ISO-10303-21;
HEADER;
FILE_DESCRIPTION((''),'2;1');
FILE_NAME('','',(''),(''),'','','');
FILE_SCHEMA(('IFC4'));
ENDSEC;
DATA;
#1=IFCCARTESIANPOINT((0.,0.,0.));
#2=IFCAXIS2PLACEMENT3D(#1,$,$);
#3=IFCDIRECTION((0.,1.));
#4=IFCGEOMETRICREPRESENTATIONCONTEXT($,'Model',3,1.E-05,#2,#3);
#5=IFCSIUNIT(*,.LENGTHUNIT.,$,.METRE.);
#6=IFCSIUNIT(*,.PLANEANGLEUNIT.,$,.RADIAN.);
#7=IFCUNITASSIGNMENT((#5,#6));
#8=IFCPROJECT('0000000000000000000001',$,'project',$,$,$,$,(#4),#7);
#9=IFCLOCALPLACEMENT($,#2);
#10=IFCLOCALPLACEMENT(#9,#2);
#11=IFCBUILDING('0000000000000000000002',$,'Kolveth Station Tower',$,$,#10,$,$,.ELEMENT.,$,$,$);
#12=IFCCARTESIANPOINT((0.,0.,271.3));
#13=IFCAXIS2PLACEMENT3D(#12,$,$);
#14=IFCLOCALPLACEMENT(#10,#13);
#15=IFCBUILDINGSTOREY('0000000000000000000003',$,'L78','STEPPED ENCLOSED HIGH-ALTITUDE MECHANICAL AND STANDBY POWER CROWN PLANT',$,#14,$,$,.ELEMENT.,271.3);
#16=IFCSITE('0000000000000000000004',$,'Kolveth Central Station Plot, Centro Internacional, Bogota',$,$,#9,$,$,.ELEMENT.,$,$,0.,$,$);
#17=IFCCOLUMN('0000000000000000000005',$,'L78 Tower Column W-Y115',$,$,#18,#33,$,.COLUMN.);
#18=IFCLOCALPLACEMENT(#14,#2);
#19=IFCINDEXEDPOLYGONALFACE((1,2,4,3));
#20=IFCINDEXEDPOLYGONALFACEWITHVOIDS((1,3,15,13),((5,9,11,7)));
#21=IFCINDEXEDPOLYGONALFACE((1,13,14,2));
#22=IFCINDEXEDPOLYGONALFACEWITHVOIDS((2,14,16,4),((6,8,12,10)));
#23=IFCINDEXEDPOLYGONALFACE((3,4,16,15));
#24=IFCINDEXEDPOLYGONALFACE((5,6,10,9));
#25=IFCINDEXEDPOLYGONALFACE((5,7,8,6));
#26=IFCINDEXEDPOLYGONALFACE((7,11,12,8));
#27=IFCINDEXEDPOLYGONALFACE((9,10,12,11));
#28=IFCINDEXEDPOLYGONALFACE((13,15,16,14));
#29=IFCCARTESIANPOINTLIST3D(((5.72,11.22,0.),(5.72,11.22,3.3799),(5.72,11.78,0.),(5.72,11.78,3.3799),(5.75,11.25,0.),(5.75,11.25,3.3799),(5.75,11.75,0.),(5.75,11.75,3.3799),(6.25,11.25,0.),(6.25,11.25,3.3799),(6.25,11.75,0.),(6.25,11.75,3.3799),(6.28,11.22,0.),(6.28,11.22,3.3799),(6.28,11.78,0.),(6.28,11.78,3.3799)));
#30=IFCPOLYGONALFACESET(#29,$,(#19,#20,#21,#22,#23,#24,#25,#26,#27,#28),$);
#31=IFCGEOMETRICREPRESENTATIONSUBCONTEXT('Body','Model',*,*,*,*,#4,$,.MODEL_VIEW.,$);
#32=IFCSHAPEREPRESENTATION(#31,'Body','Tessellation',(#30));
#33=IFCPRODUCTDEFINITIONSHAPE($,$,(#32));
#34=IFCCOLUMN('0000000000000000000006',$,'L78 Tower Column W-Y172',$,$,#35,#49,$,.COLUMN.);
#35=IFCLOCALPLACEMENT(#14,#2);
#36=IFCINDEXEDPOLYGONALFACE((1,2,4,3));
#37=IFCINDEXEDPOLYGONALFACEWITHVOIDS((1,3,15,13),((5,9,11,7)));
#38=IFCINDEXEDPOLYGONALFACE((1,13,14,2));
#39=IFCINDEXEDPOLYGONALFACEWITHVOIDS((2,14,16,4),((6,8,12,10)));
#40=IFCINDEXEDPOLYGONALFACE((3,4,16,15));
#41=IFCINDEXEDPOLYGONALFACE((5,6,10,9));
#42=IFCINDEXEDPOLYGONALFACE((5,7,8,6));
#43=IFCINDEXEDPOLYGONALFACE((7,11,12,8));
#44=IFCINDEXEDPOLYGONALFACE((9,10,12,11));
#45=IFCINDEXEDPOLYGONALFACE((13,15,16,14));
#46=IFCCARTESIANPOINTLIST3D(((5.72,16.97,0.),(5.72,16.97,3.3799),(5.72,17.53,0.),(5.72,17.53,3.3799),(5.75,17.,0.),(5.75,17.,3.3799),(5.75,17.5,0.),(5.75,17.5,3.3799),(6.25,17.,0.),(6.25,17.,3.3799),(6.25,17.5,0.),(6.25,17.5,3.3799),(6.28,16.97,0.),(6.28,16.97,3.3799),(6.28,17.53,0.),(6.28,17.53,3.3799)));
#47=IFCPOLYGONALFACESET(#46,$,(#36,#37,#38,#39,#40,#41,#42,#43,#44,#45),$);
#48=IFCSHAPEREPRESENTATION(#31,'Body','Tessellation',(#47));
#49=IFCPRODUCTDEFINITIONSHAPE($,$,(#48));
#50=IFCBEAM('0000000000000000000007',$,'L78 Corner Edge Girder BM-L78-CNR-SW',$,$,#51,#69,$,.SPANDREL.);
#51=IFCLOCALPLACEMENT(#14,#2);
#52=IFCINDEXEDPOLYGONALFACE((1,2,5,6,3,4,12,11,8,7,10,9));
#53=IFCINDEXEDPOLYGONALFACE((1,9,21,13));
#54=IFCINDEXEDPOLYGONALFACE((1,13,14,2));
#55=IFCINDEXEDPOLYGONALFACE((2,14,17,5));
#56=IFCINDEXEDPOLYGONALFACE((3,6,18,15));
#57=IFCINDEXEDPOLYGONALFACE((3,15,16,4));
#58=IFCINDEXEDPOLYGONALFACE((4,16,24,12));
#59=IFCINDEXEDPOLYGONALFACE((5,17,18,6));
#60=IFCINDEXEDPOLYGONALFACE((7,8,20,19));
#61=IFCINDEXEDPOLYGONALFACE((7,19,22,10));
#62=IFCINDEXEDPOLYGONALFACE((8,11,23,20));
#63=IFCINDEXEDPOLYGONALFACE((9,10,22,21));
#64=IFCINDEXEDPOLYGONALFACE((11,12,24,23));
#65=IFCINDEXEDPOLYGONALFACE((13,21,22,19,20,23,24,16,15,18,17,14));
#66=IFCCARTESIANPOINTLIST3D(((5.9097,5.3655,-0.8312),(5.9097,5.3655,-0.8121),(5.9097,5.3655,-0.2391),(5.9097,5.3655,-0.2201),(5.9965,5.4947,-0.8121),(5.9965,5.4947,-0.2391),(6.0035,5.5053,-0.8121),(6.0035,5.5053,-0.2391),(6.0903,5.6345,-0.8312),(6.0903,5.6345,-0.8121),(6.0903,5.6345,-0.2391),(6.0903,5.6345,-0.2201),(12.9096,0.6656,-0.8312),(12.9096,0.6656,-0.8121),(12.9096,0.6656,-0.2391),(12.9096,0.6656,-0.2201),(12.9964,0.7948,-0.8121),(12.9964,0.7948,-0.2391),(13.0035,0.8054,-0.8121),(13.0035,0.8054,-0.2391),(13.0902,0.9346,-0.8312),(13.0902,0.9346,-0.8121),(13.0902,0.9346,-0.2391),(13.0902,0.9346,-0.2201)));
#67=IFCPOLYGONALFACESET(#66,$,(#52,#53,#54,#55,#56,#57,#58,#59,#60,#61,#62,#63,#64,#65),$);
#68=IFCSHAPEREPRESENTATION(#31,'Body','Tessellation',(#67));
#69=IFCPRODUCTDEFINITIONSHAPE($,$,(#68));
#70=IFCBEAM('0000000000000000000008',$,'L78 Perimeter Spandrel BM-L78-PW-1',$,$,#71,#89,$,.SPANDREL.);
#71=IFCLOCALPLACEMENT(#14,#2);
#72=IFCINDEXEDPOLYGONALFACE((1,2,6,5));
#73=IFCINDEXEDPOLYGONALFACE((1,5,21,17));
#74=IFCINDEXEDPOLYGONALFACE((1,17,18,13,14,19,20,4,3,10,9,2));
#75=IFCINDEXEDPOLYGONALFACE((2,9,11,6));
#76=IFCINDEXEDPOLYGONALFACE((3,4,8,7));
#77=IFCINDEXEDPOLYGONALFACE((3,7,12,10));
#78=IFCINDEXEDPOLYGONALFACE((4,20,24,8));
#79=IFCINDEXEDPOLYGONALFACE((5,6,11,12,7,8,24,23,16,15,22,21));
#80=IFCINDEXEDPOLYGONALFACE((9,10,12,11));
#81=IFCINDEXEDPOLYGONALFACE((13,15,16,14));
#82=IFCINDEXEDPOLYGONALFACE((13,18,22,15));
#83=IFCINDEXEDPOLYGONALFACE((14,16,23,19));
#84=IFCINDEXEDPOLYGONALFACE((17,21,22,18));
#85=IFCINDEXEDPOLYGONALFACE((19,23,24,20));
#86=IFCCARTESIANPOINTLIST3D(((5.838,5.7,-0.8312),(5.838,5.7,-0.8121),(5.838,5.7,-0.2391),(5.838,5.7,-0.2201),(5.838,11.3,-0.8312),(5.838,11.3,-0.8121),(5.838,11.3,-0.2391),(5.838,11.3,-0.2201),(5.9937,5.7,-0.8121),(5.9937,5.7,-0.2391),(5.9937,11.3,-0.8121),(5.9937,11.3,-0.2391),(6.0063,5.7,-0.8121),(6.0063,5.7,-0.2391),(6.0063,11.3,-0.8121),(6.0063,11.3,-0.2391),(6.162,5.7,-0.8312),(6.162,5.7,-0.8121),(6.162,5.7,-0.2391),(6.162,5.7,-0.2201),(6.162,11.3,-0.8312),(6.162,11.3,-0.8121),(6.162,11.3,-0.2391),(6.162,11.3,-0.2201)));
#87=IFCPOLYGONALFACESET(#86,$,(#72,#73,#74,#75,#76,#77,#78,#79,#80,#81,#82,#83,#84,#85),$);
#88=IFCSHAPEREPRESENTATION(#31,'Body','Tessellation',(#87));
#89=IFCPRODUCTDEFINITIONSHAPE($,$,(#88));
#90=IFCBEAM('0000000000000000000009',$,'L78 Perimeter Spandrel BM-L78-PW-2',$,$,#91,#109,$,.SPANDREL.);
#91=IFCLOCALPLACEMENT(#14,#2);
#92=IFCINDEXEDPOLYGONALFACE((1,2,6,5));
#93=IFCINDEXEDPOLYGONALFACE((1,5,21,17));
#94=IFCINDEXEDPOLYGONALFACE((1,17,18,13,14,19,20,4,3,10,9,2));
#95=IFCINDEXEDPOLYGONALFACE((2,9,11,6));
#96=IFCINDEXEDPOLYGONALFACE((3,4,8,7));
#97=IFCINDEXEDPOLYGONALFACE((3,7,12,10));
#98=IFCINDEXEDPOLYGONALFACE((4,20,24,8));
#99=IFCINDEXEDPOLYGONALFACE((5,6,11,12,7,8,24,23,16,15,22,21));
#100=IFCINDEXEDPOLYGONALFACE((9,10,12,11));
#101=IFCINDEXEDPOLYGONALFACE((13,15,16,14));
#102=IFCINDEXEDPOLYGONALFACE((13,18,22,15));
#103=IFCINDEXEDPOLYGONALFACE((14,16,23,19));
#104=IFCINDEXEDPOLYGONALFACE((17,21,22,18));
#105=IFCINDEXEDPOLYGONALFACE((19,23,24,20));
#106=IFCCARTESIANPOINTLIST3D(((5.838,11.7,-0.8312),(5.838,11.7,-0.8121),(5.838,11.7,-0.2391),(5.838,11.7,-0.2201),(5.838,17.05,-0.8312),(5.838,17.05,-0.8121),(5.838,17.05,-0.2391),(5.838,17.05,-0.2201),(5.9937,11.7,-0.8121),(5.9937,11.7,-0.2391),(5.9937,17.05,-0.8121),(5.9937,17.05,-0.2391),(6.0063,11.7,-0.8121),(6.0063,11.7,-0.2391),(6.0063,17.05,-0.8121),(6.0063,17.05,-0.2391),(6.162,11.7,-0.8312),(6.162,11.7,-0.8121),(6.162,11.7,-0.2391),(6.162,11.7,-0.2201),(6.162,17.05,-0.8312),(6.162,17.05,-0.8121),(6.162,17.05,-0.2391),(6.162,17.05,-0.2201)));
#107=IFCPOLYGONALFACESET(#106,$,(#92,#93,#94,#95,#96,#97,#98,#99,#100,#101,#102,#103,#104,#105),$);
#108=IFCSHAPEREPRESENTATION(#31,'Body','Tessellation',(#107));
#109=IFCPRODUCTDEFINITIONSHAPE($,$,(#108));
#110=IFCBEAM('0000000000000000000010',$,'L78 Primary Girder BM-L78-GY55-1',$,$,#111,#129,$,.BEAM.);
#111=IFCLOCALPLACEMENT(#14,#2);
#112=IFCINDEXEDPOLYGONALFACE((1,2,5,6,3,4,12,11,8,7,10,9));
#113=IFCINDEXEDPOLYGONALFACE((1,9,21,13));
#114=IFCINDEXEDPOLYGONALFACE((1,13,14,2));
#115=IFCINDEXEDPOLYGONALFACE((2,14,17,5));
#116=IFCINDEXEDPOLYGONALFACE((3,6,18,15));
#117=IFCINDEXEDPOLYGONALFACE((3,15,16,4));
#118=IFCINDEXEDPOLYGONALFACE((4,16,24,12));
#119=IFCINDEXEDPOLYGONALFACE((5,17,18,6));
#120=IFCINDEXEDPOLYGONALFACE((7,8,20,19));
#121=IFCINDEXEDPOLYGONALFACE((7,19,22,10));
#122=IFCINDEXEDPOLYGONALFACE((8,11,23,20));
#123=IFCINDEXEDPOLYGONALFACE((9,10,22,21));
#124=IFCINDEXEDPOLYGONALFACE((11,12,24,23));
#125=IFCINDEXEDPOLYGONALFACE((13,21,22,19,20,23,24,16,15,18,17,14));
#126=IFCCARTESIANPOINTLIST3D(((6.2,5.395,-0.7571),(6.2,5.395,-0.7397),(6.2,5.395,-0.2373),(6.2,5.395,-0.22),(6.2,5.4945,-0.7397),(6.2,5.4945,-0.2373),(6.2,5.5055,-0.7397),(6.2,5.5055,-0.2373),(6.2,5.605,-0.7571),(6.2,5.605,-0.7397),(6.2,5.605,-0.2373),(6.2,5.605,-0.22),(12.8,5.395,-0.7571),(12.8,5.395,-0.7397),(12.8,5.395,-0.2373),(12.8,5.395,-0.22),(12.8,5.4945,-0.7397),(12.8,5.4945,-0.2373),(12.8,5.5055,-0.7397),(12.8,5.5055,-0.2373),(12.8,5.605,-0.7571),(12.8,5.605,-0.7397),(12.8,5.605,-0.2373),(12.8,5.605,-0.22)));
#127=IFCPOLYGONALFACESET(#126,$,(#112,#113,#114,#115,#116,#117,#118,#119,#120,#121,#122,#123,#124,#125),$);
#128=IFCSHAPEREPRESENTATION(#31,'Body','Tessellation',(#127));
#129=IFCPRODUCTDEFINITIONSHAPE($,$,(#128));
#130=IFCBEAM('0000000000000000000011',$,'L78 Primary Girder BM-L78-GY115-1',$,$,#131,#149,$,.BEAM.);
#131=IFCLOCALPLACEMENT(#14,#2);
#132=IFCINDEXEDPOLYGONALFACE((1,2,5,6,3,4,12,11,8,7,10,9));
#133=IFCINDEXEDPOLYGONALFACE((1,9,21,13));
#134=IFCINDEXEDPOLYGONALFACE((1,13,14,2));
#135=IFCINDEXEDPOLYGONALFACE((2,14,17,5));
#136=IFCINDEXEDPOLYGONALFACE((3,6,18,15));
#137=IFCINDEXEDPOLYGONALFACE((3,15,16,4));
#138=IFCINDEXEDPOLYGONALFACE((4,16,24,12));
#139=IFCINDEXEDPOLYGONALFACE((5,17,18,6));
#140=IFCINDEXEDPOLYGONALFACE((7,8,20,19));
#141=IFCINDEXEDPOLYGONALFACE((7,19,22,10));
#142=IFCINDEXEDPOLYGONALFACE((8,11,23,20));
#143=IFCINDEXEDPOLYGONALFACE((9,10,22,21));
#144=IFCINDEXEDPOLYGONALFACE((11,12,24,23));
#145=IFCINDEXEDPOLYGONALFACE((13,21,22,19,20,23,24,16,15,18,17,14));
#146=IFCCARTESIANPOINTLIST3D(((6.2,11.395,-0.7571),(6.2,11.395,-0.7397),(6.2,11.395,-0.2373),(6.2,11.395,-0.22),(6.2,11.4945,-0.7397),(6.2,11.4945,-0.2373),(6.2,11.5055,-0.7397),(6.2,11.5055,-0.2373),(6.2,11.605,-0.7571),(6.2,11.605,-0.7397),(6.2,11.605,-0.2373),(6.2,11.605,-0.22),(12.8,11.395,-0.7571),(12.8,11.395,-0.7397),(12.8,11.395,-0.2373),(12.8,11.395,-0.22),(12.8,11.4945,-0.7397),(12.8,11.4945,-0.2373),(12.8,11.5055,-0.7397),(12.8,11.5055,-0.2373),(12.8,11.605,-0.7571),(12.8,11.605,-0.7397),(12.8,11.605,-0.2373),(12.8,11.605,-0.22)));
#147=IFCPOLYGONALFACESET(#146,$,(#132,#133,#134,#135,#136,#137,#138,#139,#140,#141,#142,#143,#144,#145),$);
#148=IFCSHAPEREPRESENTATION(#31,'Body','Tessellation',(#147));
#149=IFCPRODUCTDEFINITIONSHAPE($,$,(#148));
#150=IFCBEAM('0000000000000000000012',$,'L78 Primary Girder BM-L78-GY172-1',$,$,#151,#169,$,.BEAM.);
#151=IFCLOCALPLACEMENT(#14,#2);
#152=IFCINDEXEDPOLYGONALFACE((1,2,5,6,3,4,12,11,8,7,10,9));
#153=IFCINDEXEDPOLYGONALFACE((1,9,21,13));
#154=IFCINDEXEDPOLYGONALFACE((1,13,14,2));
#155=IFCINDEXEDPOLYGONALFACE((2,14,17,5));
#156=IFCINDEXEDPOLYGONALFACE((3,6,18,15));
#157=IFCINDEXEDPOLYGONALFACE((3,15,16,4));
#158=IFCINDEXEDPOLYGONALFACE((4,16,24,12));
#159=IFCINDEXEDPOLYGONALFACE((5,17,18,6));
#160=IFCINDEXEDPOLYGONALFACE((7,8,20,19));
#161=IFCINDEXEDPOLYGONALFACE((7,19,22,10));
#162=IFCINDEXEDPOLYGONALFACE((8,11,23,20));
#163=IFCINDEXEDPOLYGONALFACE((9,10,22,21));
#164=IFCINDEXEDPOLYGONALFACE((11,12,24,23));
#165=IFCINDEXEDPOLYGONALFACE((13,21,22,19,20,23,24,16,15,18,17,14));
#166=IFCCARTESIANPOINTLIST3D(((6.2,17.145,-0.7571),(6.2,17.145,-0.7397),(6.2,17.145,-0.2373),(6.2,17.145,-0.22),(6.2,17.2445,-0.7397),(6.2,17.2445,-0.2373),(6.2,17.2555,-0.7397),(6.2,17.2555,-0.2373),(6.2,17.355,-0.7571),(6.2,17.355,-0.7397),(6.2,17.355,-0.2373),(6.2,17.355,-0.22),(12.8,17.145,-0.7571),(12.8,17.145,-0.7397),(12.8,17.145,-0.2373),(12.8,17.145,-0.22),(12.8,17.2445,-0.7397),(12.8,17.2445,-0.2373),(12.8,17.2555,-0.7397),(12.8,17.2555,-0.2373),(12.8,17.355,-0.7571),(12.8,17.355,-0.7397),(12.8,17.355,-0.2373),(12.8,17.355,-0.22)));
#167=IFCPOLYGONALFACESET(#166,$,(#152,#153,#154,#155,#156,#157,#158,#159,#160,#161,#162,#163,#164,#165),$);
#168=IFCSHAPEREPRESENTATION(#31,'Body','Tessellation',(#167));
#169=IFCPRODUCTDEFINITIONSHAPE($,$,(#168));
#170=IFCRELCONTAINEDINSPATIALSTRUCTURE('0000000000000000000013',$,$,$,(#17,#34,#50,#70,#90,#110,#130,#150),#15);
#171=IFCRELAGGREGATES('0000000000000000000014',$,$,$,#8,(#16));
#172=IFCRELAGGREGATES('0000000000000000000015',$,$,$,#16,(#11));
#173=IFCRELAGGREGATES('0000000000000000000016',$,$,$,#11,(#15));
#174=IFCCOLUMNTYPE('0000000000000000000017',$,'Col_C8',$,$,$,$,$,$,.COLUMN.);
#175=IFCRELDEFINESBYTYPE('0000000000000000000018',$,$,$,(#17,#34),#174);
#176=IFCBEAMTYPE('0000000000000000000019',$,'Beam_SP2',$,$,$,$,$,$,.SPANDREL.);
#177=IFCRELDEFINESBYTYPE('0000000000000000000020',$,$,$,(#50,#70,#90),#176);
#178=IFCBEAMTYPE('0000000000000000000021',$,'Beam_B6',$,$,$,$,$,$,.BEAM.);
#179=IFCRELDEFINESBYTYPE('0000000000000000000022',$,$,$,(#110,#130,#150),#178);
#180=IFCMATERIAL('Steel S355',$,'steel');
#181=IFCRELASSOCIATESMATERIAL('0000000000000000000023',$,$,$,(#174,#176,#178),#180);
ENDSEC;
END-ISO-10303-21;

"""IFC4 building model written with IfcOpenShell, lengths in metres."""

from ifc_helpers import new_model, si_unit, direction, frame, origin, origin_2d, place, context, subcontext, project, spatial, hollow_rectangle, i_section, extrude, source, transform, mapped, material, material_profile, profile_set, type_object, element, save


model = new_model("IFC4")

# Units and contexts
model_context = context("Model", 3, precision=1e-05, world=origin(), true_north=direction((0.0, 1.0)))
body_context = subcontext(model_context, "Body", "Model", "MODEL_VIEW")
ifc_project = project(units=[si_unit("LENGTHUNIT", "METRE"), si_unit("PLANEANGLEUNIT", "RADIAN")], contexts=[model_context])

# Site, building, storey
site_placement = place(None, origin())
site = spatial("IfcSite", under=ifc_project, at=site_placement, Name="Kolveth Central Station Plot, Centro Internacional, Bogota", CompositionType="ELEMENT", RefElevation=0.0)
building_placement = place(site_placement, origin())
building = spatial("IfcBuilding", under=site, at=building_placement, Name="Kolveth Station Tower", CompositionType="ELEMENT")
storey_placement = place(building_placement, frame((0.0, 0.0, 271.3)))
storey = spatial("IfcBuildingStorey", under=building, at=storey_placement, Name="L78", Description="STEPPED ENCLOSED HIGH-ALTITUDE MECHANICAL AND STANDBY POWER CROWN PLANT", CompositionType="ELEMENT", Elevation=271.3)

# Columns
ifc_material_1 = material(Name="Steel S355", Category="steel")
ifc_material_profile_1 = material_profile(ifc_material_1, hollow_rectangle(XDim=0.5601, YDim=0.5601, WallThickness=0.03, at=origin_2d()), Name="BOX560x560x30")
ifc_profile_set_1 = profile_set([ifc_material_profile_1], Name="Steel S355")
column_type = type_object("IfcColumnType", Name="Col_C8", PredefinedType="COLUMN", material=ifc_profile_set_1)
shared_shape_1 = source(origin(), body_context, "Body", "SweptSolid", [
    extrude(hollow_rectangle(XDim=0.5601, YDim=0.5601, WallThickness=0.03, at=origin_2d()), origin(), (0.0, 0.0, 1.0), 3.3799),
])
for number, where, z_axis, x_axis, name in (
    (1, (6.0, 11.5, 0.0), (0.0, 0.0, 1.0), (1.0, 0.0, 0.0), "L78 Tower Column W-Y115"),
    (2, (6.0, 17.25, 0.0), (0.0, 0.0, 1.0), (1.0, 0.0, 0.0), "L78 Tower Column W-Y172"),
):
    element("IfcColumn", number, at=place(storey_placement, frame(where, z_axis=z_axis, x_axis=x_axis)), inside=storey, type_object=column_type, Name=name, PredefinedType="COLUMN", context=body_context, shape_type="MappedRepresentation", body=[
        mapped(shared_shape_1, transform((0.0, 0.0, 0.0), x_axis=(1.0, 0.0, 0.0), y_axis=(0.0, 1.0, 0.0), z_axis=(0.0, 0.0, 1.0), scale=1.0)),
    ])

# Beams
ifc_material_profile_2 = material_profile(ifc_material_1, i_section(OverallWidth=0.324, OverallDepth=0.6111, WebThickness=0.0127, FlangeThickness=0.019, at=origin_2d()), Name="W610x155")
ifc_profile_set_2 = profile_set([ifc_material_profile_2], Name="Steel S355")
beam_type_1 = type_object("IfcBeamType", Name="Beam_SP2", PredefinedType="SPANDREL", material=ifc_profile_set_2)
shared_shape_2 = source(origin(), body_context, "Body", "SweptSolid", [
    extrude(i_section(OverallWidth=0.324, OverallDepth=0.6111, WebThickness=0.0127, FlangeThickness=0.019, at=origin_2d()), origin(), (0.0, 0.0, 1.0), 8.4314),
])
beam_1_placement = place(storey_placement, frame((6.0, 5.5, -0.5256), z_axis=(0.830224, -0.55743, 0.0), x_axis=(0.55743, 0.830224, 0.0)))
element("IfcBeam", 3, at=beam_1_placement, inside=storey, type_object=beam_type_1, Name="L78 Corner Edge Girder BM-L78-CNR-SW", PredefinedType="SPANDREL", context=body_context, shape_type="MappedRepresentation", body=[
    mapped(shared_shape_2, transform((0.0, 0.0, 0.0), x_axis=(1.0, 0.0, 0.0), y_axis=(0.0, 1.0, 0.0), z_axis=(0.0, 0.0, 1.0), scale=1.0)),
])
shared_shape_3 = source(origin(), body_context, "Body", "SweptSolid", [
    extrude(i_section(OverallWidth=0.324, OverallDepth=0.6111, WebThickness=0.0127, FlangeThickness=0.019, at=origin_2d()), origin(), (0.0, 0.0, 1.0), 5.6001),
])
beam_2_placement = place(storey_placement, frame((6.0, 5.7, -0.5256), z_axis=(0.0, 1.0, 0.0), x_axis=(-1.0, 0.0, 0.0)))
element("IfcBeam", 4, at=beam_2_placement, inside=storey, type_object=beam_type_1, Name="L78 Perimeter Spandrel BM-L78-PW-1", PredefinedType="SPANDREL", context=body_context, shape_type="MappedRepresentation", body=[
    mapped(shared_shape_3, transform((0.0, 0.0, 0.0), x_axis=(1.0, 0.0, 0.0), y_axis=(0.0, 1.0, 0.0), z_axis=(0.0, 0.0, 1.0), scale=1.0)),
])
shared_shape_4 = source(origin(), body_context, "Body", "SweptSolid", [
    extrude(i_section(OverallWidth=0.324, OverallDepth=0.6111, WebThickness=0.0127, FlangeThickness=0.019, at=origin_2d()), origin(), (0.0, 0.0, 1.0), 5.3501),
])
beam_3_placement = place(storey_placement, frame((6.0, 11.7, -0.5256), z_axis=(0.0, 1.0, 0.0), x_axis=(-1.0, 0.0, 0.0)))
element("IfcBeam", 5, at=beam_3_placement, inside=storey, type_object=beam_type_1, Name="L78 Perimeter Spandrel BM-L78-PW-2", PredefinedType="SPANDREL", context=body_context, shape_type="MappedRepresentation", body=[
    mapped(shared_shape_4, transform((0.0, 0.0, 0.0), x_axis=(1.0, 0.0, 0.0), y_axis=(0.0, 1.0, 0.0), z_axis=(0.0, 0.0, 1.0), scale=1.0)),
])
ifc_material_profile_3 = material_profile(ifc_material_1, i_section(OverallWidth=0.21, OverallDepth=0.5371, WebThickness=0.011, FlangeThickness=0.0173, at=origin_2d()), Name="W530x101")
ifc_profile_set_3 = profile_set([ifc_material_profile_3], Name="Steel S355")
beam_type_2 = type_object("IfcBeamType", Name="Beam_B6", PredefinedType="BEAM", material=ifc_profile_set_3)
shared_shape_5 = source(origin(), body_context, "Body", "SweptSolid", [
    extrude(i_section(OverallWidth=0.21, OverallDepth=0.5371, WebThickness=0.011, FlangeThickness=0.0173, at=origin_2d()), origin(), (0.0, 0.0, 1.0), 6.6001),
])
for number, where, z_axis, x_axis, name in (
    (6, (6.2, 5.5, -0.4885), (1.0, 0.0, 0.0), (0.0, 1.0, 0.0), "L78 Primary Girder BM-L78-GY55-1"),
    (7, (6.2, 11.5, -0.4885), (1.0, 0.0, 0.0), (0.0, 1.0, 0.0), "L78 Primary Girder BM-L78-GY115-1"),
    (8, (6.2, 17.25, -0.4885), (1.0, 0.0, 0.0), (0.0, 1.0, 0.0), "L78 Primary Girder BM-L78-GY172-1"),
):
    element("IfcBeam", number, at=place(storey_placement, frame(where, z_axis=z_axis, x_axis=x_axis)), inside=storey, type_object=beam_type_2, Name=name, PredefinedType="BEAM", context=body_context, shape_type="MappedRepresentation", body=[
        mapped(shared_shape_5, transform((0.0, 0.0, 0.0), x_axis=(1.0, 0.0, 0.0), y_axis=(0.0, 1.0, 0.0), z_axis=(0.0, 0.0, 1.0), scale=1.0)),
    ])

save(model, "model.ifc")
